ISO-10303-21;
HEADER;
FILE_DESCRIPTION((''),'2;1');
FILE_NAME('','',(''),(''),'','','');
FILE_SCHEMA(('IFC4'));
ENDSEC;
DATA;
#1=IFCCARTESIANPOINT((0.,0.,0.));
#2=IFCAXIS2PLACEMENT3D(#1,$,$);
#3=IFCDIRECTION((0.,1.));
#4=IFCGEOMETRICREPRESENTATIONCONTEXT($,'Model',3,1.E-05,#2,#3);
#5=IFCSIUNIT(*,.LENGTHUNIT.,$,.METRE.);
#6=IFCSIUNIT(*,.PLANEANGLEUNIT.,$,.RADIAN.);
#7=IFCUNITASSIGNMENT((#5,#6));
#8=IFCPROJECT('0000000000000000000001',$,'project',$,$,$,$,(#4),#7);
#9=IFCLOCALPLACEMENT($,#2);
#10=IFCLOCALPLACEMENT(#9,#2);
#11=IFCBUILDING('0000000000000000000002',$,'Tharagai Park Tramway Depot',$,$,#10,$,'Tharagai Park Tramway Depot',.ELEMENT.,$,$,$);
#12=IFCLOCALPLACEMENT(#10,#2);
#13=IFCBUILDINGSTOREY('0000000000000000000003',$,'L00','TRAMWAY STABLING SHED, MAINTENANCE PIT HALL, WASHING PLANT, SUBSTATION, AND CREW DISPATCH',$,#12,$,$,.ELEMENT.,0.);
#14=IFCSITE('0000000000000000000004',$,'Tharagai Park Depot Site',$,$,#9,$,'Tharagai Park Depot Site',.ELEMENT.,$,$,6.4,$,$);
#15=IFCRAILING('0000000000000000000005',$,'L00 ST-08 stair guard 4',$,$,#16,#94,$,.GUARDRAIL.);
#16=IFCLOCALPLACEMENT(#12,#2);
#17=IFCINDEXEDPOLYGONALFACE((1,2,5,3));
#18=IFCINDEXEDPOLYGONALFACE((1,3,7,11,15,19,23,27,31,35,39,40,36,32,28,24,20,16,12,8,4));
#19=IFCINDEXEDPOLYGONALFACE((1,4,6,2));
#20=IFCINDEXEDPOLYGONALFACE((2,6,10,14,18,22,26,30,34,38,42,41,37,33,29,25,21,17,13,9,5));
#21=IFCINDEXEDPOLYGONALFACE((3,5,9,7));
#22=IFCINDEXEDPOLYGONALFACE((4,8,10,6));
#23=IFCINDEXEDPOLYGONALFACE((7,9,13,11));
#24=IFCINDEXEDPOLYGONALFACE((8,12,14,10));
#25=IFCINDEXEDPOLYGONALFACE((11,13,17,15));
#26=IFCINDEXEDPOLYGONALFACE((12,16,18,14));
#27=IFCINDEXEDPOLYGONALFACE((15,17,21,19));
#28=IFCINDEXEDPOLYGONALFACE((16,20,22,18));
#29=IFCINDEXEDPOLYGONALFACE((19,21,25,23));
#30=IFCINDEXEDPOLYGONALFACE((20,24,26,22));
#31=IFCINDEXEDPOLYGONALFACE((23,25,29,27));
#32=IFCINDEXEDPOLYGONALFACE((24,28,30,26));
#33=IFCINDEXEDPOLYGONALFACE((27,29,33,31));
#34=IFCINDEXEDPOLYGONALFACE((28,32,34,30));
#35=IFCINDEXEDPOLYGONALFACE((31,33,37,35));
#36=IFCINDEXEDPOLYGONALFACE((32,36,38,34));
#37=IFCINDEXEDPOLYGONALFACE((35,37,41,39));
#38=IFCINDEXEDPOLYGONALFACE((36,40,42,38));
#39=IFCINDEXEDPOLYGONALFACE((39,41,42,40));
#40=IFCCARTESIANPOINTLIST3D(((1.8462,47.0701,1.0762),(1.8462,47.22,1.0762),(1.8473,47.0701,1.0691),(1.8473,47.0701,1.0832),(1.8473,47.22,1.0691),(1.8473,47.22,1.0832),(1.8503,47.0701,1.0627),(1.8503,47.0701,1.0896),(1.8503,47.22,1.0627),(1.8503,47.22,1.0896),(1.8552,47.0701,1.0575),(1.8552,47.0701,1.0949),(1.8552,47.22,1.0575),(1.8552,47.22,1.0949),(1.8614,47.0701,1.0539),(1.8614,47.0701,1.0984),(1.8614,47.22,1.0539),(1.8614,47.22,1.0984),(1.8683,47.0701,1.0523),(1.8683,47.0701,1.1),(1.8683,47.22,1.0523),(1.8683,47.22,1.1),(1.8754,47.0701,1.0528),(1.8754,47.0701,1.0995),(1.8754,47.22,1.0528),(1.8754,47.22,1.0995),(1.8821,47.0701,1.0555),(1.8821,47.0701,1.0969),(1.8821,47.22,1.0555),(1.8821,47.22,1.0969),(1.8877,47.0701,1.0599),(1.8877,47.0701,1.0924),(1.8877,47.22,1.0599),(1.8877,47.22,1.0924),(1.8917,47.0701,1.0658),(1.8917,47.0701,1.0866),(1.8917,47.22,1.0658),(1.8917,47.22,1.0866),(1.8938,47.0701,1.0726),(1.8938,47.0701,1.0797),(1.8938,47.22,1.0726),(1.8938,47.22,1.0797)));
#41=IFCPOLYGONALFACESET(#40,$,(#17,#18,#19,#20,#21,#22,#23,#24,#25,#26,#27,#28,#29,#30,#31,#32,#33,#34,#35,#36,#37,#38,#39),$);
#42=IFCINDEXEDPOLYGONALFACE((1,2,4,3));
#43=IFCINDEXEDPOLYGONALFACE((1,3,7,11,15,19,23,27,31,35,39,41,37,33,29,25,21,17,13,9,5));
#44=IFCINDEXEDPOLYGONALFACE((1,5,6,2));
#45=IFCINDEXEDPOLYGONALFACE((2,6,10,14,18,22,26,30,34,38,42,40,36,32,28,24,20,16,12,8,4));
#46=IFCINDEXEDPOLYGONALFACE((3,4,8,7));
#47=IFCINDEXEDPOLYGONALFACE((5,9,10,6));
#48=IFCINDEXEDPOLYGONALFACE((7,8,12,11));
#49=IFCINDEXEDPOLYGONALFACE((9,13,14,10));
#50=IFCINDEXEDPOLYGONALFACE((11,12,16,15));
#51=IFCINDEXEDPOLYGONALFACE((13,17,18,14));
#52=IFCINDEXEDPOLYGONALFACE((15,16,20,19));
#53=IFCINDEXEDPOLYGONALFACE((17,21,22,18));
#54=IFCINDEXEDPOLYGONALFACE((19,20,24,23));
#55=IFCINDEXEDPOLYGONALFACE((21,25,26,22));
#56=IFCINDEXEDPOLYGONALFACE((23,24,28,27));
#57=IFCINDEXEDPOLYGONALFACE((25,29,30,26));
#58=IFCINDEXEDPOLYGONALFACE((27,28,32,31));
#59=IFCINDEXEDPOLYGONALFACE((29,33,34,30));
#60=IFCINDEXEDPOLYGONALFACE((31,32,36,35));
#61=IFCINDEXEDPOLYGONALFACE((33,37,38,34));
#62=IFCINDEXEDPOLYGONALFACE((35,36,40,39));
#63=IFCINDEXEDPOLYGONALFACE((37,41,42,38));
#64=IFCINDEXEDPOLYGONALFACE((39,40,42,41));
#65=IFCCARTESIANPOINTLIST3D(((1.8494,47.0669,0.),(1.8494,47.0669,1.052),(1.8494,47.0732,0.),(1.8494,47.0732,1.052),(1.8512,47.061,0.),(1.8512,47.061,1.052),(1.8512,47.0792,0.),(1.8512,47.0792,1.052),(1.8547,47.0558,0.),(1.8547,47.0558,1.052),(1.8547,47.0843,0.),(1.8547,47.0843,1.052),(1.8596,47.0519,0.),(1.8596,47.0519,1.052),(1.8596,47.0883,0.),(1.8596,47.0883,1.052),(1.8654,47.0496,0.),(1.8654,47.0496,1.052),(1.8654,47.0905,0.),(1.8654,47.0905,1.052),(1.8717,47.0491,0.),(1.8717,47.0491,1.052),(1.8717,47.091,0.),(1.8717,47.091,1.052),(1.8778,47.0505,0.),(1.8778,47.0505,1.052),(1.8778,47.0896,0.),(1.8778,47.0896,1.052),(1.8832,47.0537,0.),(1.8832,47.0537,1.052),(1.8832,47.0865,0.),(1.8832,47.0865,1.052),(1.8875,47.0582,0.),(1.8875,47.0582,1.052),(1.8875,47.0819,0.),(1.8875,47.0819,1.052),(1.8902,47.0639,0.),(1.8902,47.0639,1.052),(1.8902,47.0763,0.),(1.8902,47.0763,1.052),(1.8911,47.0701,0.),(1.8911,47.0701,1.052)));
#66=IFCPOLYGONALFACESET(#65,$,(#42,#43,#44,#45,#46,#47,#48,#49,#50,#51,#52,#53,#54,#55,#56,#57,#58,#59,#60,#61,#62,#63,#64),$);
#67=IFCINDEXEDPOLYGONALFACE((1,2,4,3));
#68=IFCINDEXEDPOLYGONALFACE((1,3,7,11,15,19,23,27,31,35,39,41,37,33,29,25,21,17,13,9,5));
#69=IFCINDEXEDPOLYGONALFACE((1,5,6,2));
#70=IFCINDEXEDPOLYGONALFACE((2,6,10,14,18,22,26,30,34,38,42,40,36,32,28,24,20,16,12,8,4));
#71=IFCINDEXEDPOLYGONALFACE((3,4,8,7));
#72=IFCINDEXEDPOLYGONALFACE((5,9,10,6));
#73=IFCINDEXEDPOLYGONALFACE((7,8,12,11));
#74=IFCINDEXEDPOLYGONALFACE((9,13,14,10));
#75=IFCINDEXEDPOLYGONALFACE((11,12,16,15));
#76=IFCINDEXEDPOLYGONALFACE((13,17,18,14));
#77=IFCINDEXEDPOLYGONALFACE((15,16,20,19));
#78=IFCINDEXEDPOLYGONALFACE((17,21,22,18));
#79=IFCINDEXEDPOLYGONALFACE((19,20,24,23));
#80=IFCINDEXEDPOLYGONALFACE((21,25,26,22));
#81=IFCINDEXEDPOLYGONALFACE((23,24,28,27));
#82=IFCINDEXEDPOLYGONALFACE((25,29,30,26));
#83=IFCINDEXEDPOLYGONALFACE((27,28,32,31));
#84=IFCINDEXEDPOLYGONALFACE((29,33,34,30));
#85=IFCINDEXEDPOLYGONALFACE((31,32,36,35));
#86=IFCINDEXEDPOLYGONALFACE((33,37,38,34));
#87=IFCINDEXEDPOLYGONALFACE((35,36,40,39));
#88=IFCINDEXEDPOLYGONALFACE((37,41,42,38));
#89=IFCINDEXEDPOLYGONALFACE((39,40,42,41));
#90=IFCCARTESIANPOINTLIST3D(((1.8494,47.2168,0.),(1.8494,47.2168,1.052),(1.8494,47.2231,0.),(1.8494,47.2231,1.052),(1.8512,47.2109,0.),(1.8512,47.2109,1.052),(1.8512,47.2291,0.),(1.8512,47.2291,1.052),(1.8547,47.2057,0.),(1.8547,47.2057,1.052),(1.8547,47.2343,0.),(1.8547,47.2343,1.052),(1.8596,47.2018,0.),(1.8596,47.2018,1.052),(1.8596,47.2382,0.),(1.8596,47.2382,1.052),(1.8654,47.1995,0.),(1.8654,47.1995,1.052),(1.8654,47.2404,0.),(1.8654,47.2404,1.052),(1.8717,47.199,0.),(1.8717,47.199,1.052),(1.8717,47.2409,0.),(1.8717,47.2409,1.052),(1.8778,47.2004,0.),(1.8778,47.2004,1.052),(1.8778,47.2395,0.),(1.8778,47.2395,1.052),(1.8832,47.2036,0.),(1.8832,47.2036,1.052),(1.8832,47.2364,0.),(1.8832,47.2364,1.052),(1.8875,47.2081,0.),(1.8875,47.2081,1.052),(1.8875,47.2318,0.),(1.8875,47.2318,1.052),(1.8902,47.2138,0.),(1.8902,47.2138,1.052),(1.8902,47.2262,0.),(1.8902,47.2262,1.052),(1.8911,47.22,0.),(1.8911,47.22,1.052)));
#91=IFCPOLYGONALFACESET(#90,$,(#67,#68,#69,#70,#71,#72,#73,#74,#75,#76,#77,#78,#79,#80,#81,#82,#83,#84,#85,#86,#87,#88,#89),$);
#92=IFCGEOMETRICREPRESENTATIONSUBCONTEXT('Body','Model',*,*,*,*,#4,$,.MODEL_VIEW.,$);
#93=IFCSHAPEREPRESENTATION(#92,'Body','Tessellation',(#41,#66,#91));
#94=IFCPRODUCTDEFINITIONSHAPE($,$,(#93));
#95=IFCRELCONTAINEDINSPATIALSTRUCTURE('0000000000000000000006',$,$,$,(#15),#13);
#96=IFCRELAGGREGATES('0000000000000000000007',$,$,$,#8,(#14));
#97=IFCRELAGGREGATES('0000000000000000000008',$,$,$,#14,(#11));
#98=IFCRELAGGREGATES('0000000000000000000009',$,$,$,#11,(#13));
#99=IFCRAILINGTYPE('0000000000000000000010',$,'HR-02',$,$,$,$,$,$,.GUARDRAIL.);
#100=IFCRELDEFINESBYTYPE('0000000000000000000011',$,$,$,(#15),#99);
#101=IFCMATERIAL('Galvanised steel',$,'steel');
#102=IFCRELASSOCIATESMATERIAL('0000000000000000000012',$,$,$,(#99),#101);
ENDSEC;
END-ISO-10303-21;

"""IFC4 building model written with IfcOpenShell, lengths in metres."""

from ifc_helpers import new_model, si_unit, direction, frame, origin, origin_2d, place, context, subcontext, project, spatial, circle, extrude, material, type_object, element, save


model = new_model("IFC4")

# Units and contexts
model_context = context("Model", 3, precision=1e-05, world=origin(), true_north=direction((0.0, 1.0)))
body_context = subcontext(model_context, "Body", "Model", "MODEL_VIEW")
ifc_project = project(units=[si_unit("LENGTHUNIT", "METRE"), si_unit("PLANEANGLEUNIT", "RADIAN")], contexts=[model_context])

# Site, building, storey
site_placement = place(None, origin())
site = spatial("IfcSite", under=ifc_project, at=site_placement, Name="Tharagai Park Depot Site", LongName="Tharagai Park Depot Site", CompositionType="ELEMENT", RefElevation=6.4)
building_placement = place(site_placement, origin())
building = spatial("IfcBuilding", under=site, at=building_placement, Name="Tharagai Park Tramway Depot", LongName="Tharagai Park Tramway Depot", CompositionType="ELEMENT")
storey_placement = place(building_placement, origin())
storey = spatial("IfcBuildingStorey", under=building, at=storey_placement, Name="L00", Description="TRAMWAY STABLING SHED, MAINTENANCE PIT HALL, WASHING PLANT, SUBSTATION, AND CREW DISPATCH", CompositionType="ELEMENT", Elevation=0.0)

# Shared definitions
ifc_material_1 = material(Name="Galvanised steel", Category="steel")

# Railing
railing_type_1 = type_object("IfcRailingType", Name="HR-02", PredefinedType="GUARDRAIL", material=ifc_material_1)
railing_1_placement = place(storey_placement, frame((1.8701, 47.0701, 0.0)))
element("IfcRailing", 1, at=railing_1_placement, inside=storey, type_object=railing_type_1, Name="L00 ST-08 stair guard 4", PredefinedType="GUARDRAIL", context=body_context, shape_type="SweptSolid", body=[
    extrude(circle(Radius=0.0239, at=origin_2d()), frame((0.0, 0.0, 1.0762), z_axis=(0.0, 1.0, 0.0), x_axis=(-1.0, 0.0, 0.0)), (0.0, 0.0, 1.0), 0.1499),
    extrude(circle(Radius=0.021, at=origin_2d()), origin(), (0.0, 0.0, 1.0), 1.052),
    extrude(circle(Radius=0.021, at=origin_2d()), frame((0.0, 0.1499, 0.0)), (0.0, 0.0, 1.0), 1.052),
])

save(model, "model.ifc")
